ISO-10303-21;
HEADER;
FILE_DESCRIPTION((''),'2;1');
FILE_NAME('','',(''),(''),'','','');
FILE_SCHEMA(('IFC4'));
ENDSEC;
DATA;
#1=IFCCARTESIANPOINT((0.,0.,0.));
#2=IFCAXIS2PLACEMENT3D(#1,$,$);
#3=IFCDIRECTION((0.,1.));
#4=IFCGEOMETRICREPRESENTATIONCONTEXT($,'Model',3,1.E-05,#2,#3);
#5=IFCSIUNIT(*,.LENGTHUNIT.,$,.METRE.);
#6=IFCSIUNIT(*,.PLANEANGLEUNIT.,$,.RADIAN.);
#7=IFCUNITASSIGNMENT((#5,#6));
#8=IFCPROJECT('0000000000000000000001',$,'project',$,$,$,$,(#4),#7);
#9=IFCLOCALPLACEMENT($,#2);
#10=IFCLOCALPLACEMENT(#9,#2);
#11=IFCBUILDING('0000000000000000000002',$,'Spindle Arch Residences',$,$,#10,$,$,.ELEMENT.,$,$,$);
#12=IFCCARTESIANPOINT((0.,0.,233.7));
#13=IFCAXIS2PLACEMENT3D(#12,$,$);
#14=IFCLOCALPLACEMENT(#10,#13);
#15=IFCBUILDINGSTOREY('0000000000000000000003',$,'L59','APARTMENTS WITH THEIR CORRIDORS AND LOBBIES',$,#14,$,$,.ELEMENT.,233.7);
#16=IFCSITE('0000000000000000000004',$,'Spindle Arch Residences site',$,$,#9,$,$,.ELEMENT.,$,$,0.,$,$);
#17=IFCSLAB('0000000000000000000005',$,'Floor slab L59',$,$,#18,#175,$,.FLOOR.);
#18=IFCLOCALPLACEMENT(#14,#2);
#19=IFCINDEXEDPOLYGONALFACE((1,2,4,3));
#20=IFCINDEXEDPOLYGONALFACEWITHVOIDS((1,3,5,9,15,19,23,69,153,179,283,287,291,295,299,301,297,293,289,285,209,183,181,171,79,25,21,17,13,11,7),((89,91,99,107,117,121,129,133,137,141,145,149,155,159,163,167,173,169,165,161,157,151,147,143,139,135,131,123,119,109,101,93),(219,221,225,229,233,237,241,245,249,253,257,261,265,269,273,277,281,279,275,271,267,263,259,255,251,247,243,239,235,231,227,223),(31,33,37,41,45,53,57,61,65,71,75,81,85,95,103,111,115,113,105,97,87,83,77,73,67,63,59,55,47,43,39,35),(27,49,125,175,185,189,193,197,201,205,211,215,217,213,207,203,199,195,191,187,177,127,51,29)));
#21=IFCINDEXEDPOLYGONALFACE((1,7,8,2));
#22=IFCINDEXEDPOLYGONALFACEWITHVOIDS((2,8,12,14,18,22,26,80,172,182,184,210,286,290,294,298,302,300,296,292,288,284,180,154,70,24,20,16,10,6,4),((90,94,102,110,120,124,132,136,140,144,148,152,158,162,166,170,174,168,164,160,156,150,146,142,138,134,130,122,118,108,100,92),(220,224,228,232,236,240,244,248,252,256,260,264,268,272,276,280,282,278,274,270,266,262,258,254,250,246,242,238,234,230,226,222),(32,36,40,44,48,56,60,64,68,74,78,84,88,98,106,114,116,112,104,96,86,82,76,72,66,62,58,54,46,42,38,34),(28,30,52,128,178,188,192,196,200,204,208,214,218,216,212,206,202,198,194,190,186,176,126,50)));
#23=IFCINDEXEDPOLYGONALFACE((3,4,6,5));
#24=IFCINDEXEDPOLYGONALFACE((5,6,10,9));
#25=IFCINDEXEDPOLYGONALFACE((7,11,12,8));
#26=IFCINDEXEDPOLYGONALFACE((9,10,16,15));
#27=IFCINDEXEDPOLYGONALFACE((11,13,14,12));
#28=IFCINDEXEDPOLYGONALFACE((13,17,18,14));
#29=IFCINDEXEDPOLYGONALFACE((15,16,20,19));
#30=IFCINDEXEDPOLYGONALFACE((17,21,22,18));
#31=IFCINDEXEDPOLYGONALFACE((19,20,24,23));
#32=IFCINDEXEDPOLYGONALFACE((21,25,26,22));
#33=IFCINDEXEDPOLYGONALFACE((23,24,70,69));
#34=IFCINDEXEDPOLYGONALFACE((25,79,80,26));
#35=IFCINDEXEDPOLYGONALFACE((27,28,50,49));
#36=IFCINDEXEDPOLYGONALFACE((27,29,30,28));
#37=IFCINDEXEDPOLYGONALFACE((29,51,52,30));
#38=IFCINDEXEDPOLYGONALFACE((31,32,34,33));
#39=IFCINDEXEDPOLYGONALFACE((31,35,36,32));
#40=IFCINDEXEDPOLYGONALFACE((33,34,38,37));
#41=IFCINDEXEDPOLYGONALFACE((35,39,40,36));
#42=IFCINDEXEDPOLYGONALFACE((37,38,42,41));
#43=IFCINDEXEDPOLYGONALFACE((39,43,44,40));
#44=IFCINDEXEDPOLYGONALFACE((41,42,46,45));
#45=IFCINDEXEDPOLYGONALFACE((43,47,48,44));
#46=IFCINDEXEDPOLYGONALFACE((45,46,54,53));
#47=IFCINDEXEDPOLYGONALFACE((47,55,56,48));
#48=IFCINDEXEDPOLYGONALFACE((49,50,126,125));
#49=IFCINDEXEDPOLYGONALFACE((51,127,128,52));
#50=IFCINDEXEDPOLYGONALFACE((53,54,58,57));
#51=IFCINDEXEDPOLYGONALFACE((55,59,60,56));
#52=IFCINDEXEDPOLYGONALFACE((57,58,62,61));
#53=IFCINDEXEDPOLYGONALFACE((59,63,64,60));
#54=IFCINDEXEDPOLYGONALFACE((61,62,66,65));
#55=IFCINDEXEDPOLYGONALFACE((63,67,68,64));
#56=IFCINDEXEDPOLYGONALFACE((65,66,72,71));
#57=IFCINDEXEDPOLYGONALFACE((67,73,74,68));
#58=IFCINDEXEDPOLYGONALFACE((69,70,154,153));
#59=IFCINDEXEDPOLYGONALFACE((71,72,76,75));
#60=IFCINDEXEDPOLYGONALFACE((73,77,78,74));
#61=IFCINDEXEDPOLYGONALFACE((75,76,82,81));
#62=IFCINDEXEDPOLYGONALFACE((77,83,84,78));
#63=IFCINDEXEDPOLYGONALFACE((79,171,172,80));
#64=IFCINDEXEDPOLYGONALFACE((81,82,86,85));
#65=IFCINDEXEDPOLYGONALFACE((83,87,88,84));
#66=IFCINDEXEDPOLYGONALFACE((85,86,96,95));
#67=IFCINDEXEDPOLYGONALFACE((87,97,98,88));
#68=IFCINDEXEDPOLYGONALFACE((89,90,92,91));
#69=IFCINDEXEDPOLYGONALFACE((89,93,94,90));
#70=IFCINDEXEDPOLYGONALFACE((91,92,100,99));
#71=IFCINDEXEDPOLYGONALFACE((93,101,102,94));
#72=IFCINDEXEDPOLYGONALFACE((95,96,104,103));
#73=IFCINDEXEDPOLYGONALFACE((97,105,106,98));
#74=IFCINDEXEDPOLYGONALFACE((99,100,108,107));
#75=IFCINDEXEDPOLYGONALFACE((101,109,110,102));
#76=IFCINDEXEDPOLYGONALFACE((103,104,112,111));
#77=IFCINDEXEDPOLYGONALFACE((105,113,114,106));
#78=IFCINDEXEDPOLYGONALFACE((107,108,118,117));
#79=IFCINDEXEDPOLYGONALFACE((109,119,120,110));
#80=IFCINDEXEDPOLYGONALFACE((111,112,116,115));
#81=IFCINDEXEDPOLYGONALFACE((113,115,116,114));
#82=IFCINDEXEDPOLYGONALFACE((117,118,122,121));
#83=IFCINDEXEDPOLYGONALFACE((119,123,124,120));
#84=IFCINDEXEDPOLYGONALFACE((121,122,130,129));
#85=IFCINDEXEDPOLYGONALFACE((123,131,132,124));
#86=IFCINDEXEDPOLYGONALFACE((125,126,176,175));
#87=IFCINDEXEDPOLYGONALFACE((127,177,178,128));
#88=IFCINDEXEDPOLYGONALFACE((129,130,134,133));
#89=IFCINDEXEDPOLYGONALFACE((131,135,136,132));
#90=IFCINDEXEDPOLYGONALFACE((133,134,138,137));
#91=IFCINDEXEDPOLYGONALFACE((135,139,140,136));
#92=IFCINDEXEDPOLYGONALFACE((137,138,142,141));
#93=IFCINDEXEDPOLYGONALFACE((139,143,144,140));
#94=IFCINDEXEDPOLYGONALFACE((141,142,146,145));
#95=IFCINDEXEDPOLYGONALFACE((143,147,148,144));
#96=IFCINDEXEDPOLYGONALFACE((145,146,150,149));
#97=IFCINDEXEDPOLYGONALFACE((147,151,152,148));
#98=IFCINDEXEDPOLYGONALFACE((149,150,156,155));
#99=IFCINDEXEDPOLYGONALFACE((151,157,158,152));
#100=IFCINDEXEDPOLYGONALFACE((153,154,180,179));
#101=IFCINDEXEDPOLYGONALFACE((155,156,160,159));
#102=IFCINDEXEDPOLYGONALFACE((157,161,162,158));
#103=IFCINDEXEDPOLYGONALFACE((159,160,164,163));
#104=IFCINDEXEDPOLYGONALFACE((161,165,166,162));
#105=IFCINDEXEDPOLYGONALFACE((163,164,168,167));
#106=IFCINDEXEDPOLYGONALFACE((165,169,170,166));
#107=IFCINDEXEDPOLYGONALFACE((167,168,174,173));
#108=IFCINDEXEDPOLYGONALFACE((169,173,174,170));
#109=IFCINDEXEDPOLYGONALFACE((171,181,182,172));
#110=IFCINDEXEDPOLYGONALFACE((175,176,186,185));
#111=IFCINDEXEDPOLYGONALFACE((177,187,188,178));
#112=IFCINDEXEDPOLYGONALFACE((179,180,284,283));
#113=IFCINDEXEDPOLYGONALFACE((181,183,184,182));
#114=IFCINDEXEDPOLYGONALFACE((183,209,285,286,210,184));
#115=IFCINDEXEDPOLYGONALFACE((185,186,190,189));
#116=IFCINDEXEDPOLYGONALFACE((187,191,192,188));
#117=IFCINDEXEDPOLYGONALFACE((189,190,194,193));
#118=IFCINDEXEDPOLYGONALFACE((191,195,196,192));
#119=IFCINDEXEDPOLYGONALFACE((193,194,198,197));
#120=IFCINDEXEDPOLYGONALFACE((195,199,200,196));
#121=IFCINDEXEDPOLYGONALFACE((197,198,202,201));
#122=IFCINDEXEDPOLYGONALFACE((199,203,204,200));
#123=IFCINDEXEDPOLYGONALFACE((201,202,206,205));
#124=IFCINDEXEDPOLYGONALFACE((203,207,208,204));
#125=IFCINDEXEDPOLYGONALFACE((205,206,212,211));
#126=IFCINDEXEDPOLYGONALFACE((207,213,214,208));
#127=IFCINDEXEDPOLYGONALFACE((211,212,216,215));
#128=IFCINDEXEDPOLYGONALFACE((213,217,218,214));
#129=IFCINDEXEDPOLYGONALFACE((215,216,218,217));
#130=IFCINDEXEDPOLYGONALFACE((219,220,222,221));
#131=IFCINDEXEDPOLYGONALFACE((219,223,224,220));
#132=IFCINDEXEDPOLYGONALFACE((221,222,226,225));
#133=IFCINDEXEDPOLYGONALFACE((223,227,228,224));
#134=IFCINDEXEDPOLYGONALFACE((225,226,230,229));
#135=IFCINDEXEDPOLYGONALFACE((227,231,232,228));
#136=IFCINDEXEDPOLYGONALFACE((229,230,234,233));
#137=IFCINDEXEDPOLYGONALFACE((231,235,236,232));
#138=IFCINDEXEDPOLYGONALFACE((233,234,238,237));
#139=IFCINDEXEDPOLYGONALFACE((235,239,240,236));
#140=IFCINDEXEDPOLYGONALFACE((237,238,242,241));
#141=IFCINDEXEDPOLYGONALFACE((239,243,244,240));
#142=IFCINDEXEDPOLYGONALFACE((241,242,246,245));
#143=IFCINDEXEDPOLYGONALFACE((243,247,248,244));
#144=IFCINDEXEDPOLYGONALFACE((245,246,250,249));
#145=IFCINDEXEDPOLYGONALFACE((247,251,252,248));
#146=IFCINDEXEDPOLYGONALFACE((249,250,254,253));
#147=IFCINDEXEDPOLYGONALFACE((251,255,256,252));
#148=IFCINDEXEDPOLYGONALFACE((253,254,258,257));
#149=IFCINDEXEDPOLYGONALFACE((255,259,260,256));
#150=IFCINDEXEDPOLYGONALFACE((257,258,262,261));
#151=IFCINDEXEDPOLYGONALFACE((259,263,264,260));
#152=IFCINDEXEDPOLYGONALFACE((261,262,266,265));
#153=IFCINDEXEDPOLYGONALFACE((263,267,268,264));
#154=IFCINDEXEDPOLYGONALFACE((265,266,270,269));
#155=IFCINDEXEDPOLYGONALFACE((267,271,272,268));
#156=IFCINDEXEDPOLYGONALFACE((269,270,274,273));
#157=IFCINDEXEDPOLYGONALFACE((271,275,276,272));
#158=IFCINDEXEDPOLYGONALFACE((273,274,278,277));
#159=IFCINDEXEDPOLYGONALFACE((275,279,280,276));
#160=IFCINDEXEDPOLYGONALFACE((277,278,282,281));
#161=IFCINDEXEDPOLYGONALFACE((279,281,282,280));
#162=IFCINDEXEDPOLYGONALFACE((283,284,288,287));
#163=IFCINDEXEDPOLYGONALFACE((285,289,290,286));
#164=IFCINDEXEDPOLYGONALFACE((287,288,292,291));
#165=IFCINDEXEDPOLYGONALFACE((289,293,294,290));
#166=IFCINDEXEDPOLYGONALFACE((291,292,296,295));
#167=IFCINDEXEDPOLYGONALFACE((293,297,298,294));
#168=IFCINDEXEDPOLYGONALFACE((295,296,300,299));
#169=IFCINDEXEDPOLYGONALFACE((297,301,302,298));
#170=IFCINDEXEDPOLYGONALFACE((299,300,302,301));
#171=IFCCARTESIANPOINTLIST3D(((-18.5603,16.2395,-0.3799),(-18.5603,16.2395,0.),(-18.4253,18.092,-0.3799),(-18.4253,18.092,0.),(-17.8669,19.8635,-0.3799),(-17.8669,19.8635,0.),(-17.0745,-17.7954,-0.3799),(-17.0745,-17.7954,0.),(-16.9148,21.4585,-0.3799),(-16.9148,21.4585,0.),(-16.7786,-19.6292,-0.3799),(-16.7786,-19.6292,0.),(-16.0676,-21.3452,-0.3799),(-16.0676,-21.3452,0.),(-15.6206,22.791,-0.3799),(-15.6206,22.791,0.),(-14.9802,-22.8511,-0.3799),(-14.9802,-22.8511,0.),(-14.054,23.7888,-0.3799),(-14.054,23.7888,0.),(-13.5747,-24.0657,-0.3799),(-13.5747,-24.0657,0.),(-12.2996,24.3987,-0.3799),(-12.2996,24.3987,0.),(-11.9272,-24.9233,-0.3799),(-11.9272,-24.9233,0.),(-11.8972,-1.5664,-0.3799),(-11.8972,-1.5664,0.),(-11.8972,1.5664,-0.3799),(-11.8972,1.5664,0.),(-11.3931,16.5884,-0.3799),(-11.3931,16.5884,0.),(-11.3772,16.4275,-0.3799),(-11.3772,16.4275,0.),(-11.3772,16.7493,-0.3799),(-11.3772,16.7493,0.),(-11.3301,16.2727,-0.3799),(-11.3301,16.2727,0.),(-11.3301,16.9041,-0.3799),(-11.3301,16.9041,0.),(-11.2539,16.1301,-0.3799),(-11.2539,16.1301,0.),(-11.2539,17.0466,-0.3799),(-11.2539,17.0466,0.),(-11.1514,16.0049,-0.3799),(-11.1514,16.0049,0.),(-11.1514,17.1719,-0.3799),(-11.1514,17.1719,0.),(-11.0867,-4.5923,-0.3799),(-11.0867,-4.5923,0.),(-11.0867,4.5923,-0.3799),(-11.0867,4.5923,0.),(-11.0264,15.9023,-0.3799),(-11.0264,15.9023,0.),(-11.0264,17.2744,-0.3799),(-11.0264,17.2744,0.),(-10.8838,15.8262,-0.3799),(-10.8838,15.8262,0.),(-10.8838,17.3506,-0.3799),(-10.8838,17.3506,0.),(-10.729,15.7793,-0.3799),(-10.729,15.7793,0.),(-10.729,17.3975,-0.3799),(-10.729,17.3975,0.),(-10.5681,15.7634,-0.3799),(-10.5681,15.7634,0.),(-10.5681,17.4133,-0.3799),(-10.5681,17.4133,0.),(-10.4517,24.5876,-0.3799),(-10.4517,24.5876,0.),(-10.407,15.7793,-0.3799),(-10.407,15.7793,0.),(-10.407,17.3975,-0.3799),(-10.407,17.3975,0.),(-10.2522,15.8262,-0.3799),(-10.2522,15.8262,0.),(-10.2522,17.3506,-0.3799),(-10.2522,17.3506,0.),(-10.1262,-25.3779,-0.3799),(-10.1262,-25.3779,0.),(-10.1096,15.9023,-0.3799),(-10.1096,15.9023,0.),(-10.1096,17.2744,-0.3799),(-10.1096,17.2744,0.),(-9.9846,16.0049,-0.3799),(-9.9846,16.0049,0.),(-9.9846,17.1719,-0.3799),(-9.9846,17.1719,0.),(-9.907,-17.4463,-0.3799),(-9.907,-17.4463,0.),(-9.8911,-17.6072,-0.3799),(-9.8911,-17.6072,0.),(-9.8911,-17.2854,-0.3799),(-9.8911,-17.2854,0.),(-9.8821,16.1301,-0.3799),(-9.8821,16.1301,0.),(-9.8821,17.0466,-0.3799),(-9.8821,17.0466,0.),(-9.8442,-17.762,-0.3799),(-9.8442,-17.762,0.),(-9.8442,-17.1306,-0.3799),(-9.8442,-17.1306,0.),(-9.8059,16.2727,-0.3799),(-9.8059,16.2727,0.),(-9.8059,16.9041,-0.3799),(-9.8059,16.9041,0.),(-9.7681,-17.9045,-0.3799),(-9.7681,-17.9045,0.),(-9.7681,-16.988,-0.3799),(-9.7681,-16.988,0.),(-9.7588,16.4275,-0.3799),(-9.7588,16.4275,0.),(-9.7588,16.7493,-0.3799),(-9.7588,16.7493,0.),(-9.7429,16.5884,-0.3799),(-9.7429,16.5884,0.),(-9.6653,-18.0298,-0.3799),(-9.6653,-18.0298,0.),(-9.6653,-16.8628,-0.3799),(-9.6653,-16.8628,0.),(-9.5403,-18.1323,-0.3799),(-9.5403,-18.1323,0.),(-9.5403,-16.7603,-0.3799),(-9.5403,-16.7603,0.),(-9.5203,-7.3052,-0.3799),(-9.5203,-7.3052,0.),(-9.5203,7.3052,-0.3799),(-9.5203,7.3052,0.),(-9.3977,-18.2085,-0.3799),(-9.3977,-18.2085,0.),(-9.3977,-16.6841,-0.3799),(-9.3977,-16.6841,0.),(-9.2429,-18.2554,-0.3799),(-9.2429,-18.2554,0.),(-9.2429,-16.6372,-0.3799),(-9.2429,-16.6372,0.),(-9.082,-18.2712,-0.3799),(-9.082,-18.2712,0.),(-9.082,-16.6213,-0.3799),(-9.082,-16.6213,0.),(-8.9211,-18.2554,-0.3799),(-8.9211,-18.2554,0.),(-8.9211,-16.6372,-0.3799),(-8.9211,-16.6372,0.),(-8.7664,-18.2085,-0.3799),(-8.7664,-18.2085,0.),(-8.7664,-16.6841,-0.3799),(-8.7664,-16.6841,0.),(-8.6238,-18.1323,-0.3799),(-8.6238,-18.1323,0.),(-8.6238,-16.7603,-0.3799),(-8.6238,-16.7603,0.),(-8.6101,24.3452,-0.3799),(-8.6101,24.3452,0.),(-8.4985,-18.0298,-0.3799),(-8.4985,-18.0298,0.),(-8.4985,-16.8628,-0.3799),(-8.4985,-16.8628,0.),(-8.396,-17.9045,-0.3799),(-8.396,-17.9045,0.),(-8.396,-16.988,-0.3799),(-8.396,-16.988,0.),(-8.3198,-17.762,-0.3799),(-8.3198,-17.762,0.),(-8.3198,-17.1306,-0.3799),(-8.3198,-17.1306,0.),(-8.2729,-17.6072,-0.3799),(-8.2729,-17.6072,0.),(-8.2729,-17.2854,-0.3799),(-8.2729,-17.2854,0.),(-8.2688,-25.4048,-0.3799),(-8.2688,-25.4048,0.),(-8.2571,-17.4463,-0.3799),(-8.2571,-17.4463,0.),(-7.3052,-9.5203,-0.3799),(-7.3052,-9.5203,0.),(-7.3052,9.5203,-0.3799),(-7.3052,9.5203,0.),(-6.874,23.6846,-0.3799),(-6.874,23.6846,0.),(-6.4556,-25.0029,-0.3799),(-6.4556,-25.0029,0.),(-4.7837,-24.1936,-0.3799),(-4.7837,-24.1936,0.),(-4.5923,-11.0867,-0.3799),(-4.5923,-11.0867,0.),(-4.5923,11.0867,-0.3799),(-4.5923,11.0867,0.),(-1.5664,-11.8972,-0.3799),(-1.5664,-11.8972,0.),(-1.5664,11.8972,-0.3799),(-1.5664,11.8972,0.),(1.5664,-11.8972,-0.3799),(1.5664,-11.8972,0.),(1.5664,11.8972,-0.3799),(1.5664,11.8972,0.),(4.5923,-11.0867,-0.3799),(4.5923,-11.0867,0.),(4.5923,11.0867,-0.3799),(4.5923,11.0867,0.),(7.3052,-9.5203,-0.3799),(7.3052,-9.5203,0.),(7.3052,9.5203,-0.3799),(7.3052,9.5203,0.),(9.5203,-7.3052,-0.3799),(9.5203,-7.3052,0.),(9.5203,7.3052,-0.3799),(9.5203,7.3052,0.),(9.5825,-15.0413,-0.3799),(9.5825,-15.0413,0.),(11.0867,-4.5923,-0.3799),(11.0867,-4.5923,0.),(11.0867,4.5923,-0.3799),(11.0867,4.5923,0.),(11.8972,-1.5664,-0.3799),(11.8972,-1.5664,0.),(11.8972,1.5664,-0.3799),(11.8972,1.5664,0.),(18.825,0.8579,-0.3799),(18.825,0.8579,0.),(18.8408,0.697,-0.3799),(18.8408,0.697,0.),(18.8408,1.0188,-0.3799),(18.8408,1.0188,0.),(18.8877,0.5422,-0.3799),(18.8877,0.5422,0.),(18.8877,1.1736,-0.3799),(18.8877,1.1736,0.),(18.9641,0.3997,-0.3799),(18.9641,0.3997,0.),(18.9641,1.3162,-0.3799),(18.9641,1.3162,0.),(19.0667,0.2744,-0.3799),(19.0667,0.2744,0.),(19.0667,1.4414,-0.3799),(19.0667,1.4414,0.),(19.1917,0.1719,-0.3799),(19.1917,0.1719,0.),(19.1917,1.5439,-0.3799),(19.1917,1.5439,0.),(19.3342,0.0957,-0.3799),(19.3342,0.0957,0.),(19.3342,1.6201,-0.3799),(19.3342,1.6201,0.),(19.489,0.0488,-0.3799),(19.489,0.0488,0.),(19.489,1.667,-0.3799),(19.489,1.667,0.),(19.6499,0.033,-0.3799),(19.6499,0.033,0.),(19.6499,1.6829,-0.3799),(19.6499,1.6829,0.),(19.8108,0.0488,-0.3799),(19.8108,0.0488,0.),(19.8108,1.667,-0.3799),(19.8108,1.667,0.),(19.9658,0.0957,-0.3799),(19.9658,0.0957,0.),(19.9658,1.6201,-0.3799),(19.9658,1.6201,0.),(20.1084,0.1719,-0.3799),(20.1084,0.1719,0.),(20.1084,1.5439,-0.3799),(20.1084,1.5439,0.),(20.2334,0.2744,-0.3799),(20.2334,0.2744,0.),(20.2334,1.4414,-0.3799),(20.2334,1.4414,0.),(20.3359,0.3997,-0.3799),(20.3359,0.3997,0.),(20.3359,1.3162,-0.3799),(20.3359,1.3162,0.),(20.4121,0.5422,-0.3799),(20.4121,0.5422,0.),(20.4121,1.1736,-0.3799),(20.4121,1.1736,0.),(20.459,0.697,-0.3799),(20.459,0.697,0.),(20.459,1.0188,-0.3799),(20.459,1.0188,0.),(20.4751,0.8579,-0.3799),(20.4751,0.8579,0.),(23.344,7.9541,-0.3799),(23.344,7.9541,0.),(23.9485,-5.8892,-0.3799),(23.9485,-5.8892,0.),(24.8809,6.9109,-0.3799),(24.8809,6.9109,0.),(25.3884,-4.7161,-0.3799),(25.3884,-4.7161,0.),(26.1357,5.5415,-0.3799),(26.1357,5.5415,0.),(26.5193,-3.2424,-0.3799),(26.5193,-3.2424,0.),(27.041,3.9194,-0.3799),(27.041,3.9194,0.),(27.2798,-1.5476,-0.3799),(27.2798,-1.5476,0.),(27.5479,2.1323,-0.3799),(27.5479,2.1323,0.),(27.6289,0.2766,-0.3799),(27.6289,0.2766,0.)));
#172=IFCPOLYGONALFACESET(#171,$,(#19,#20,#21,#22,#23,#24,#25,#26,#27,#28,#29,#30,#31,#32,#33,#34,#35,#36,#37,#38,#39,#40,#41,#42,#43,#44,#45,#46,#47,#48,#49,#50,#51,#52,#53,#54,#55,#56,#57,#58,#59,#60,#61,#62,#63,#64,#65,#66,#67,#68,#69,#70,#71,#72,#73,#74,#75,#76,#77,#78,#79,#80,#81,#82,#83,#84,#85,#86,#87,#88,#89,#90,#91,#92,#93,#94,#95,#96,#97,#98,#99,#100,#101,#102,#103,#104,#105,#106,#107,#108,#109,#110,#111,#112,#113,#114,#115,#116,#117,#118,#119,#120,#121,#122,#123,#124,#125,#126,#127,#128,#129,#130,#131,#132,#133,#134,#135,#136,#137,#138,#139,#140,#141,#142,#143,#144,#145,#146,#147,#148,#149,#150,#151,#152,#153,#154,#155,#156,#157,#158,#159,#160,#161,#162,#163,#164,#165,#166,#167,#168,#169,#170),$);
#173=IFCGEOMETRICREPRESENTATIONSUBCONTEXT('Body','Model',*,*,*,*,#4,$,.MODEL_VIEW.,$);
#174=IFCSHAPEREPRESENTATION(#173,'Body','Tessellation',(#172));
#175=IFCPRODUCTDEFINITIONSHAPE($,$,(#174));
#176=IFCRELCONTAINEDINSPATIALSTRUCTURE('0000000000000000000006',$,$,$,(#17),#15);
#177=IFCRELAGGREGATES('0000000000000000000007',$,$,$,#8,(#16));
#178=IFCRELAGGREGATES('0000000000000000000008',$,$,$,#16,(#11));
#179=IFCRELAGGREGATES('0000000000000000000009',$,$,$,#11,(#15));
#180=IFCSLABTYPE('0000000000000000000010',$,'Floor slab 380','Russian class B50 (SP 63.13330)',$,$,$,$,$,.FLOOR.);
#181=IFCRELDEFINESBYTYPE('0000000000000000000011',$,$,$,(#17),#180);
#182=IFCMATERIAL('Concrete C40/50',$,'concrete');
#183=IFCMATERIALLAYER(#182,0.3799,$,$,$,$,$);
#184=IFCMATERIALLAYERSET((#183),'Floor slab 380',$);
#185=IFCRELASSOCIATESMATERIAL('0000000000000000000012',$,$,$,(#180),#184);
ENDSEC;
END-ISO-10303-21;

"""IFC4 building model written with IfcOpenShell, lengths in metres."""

from ifc_helpers import new_model, si_unit, direction, frame, origin, place, context, subcontext, project, spatial, polyline, outline, extrude, material, layer, layer_set, type_object, element, save


model = new_model("IFC4")

# Units and contexts
model_context = context("Model", 3, precision=1e-05, world=origin(), true_north=direction((0.0, 1.0)))
body_context = subcontext(model_context, "Body", "Model", "MODEL_VIEW")
ifc_project = project(units=[si_unit("LENGTHUNIT", "METRE"), si_unit("PLANEANGLEUNIT", "RADIAN")], contexts=[model_context])

# Site, building, storey
site_placement = place(None, origin())
site = spatial("IfcSite", under=ifc_project, at=site_placement, Name="Spindle Arch Residences site", CompositionType="ELEMENT", RefElevation=0.0)
building_placement = place(site_placement, origin())
building = spatial("IfcBuilding", under=site, at=building_placement, Name="Spindle Arch Residences", CompositionType="ELEMENT")
storey_placement = place(building_placement, frame((0.0, 0.0, 233.7)))
storey = spatial("IfcBuildingStorey", under=building, at=storey_placement, Name="L59", Description="APARTMENTS WITH THEIR CORRIDORS AND LOBBIES", CompositionType="ELEMENT", Elevation=233.7)

# Slab
ifc_material_1 = material(Name="Concrete C40/50", Category="concrete")
ifc_layer_1 = layer(ifc_material_1, 0.3799)
ifc_layer_set_1 = layer_set([ifc_layer_1], Name="Floor slab 380")
slab_type_1 = type_object("IfcSlabType", Name="Floor slab 380", Description="Russian class B50 (SP 63.13330)", PredefinedType="FLOOR", material=ifc_layer_set_1)
slab_1_placement = place(storey_placement, frame((0.0, 0.0, -0.3799)))
element("IfcSlab", 1, at=slab_1_placement, inside=storey, type_object=slab_type_1, Name="Floor slab L59", PredefinedType="FLOOR", context=body_context, shape_type="SweptSolid", body=[
    extrude(outline(polyline([(-6.4556, -25.0029), (-8.2688, -25.4048), (-10.1262, -25.3779), (-11.9272, -24.9233), (-13.5747, -24.0657), (-14.9802, -22.8511), (-16.0676, -21.3452), (-16.7786, -19.6292), (-17.0745, -17.7954), (-18.5603, 16.2395), (-18.4253, 18.092), (-17.8669, 19.8635), (-16.9148, 21.4585), (-15.6206, 22.791), (-14.054, 23.7888), (-12.2996, 24.3987), (-10.4517, 24.5876), (-8.6101, 24.3452), (-6.874, 23.6846), (23.344, 7.9541), (24.8809, 6.9109), (26.1357, 5.5415), (27.041, 3.9194), (27.5479, 2.1323), (27.6289, 0.2766), (27.2798, -1.5476), (26.5193, -3.2424), (25.3884, -4.7161), (23.9485, -5.8892), (9.5825, -15.0413), (-4.7837, -24.1936), (-6.4556, -25.0029)]), holes=[polyline([(7.3052, -9.5203), (9.5203, -7.3052), (11.0867, -4.5923), (11.8972, -1.5664), (11.8972, 1.5664), (11.0867, 4.5923), (9.5203, 7.3052), (7.3052, 9.5203), (4.5923, 11.0867), (1.5664, 11.8972), (-1.5664, 11.8972), (-4.5923, 11.0867), (-7.3052, 9.5203), (-9.5203, 7.3052), (-11.0867, 4.5923), (-11.8972, 1.5664), (-11.8972, -1.5664), (-11.0867, -4.5923), (-9.5203, -7.3052), (-7.3052, -9.5203), (-4.5923, -11.0867), (-1.5664, -11.8972), (1.5664, -11.8972), (4.5923, -11.0867), (7.3052, -9.5203)]), polyline([(-8.396, -17.9045), (-8.3198, -17.762), (-8.2729, -17.6072), (-8.2571, -17.4463), (-8.2729, -17.2854), (-8.3198, -17.1306), (-8.396, -16.988), (-8.4985, -16.8628), (-8.6238, -16.7603), (-8.7664, -16.6841), (-8.9211, -16.6372), (-9.082, -16.6213), (-9.2429, -16.6372), (-9.3977, -16.6841), (-9.5403, -16.7603), (-9.6653, -16.8628), (-9.7681, -16.988), (-9.8442, -17.1306), (-9.8911, -17.2854), (-9.907, -17.4463), (-9.8911, -17.6072), (-9.8442, -17.762), (-9.7681, -17.9045), (-9.6653, -18.0298), (-9.5403, -18.1323), (-9.3977, -18.2085), (-9.2429, -18.2554), (-9.082, -18.2712), (-8.9211, -18.2554), (-8.7664, -18.2085), (-8.6238, -18.1323), (-8.4985, -18.0298), (-8.396, -17.9045)]), polyline([(-9.8821, 16.1301), (-9.8059, 16.2727), (-9.7588, 16.4275), (-9.7429, 16.5884), (-9.7588, 16.7493), (-9.8059, 16.9041), (-9.8821, 17.0466), (-9.9846, 17.1719), (-10.1096, 17.2744), (-10.2522, 17.3506), (-10.407, 17.3975), (-10.5681, 17.4133), (-10.729, 17.3975), (-10.8838, 17.3506), (-11.0264, 17.2744), (-11.1514, 17.1719), (-11.2539, 17.0466), (-11.3301, 16.9041), (-11.3772, 16.7493), (-11.3931, 16.5884), (-11.3772, 16.4275), (-11.3301, 16.2727), (-11.2539, 16.1301), (-11.1514, 16.0049), (-11.0264, 15.9023), (-10.8838, 15.8262), (-10.729, 15.7793), (-10.5681, 15.7634), (-10.407, 15.7793), (-10.2522, 15.8262), (-10.1096, 15.9023), (-9.9846, 16.0049), (-9.8821, 16.1301)]), polyline([(20.2334, 0.2744), (20.3359, 0.3997), (20.4121, 0.5422), (20.459, 0.697), (20.4751, 0.8579), (20.459, 1.0188), (20.4121, 1.1736), (20.3359, 1.3162), (20.2334, 1.4414), (20.1084, 1.5439), (19.9658, 1.6201), (19.8108, 1.667), (19.6499, 1.6829), (19.489, 1.667), (19.3342, 1.6201), (19.1917, 1.5439), (19.0667, 1.4414), (18.9641, 1.3162), (18.8877, 1.1736), (18.8408, 1.0188), (18.825, 0.8579), (18.8408, 0.697), (18.8877, 0.5422), (18.9641, 0.3997), (19.0667, 0.2744), (19.1917, 0.1719), (19.3342, 0.0957), (19.489, 0.0488), (19.6499, 0.033), (19.8108, 0.0488), (19.9658, 0.0957), (20.1084, 0.1719), (20.2334, 0.2744)])]), origin(), (0.0, 0.0, 1.0), 0.3799),
])

save(model, "model.ifc")
